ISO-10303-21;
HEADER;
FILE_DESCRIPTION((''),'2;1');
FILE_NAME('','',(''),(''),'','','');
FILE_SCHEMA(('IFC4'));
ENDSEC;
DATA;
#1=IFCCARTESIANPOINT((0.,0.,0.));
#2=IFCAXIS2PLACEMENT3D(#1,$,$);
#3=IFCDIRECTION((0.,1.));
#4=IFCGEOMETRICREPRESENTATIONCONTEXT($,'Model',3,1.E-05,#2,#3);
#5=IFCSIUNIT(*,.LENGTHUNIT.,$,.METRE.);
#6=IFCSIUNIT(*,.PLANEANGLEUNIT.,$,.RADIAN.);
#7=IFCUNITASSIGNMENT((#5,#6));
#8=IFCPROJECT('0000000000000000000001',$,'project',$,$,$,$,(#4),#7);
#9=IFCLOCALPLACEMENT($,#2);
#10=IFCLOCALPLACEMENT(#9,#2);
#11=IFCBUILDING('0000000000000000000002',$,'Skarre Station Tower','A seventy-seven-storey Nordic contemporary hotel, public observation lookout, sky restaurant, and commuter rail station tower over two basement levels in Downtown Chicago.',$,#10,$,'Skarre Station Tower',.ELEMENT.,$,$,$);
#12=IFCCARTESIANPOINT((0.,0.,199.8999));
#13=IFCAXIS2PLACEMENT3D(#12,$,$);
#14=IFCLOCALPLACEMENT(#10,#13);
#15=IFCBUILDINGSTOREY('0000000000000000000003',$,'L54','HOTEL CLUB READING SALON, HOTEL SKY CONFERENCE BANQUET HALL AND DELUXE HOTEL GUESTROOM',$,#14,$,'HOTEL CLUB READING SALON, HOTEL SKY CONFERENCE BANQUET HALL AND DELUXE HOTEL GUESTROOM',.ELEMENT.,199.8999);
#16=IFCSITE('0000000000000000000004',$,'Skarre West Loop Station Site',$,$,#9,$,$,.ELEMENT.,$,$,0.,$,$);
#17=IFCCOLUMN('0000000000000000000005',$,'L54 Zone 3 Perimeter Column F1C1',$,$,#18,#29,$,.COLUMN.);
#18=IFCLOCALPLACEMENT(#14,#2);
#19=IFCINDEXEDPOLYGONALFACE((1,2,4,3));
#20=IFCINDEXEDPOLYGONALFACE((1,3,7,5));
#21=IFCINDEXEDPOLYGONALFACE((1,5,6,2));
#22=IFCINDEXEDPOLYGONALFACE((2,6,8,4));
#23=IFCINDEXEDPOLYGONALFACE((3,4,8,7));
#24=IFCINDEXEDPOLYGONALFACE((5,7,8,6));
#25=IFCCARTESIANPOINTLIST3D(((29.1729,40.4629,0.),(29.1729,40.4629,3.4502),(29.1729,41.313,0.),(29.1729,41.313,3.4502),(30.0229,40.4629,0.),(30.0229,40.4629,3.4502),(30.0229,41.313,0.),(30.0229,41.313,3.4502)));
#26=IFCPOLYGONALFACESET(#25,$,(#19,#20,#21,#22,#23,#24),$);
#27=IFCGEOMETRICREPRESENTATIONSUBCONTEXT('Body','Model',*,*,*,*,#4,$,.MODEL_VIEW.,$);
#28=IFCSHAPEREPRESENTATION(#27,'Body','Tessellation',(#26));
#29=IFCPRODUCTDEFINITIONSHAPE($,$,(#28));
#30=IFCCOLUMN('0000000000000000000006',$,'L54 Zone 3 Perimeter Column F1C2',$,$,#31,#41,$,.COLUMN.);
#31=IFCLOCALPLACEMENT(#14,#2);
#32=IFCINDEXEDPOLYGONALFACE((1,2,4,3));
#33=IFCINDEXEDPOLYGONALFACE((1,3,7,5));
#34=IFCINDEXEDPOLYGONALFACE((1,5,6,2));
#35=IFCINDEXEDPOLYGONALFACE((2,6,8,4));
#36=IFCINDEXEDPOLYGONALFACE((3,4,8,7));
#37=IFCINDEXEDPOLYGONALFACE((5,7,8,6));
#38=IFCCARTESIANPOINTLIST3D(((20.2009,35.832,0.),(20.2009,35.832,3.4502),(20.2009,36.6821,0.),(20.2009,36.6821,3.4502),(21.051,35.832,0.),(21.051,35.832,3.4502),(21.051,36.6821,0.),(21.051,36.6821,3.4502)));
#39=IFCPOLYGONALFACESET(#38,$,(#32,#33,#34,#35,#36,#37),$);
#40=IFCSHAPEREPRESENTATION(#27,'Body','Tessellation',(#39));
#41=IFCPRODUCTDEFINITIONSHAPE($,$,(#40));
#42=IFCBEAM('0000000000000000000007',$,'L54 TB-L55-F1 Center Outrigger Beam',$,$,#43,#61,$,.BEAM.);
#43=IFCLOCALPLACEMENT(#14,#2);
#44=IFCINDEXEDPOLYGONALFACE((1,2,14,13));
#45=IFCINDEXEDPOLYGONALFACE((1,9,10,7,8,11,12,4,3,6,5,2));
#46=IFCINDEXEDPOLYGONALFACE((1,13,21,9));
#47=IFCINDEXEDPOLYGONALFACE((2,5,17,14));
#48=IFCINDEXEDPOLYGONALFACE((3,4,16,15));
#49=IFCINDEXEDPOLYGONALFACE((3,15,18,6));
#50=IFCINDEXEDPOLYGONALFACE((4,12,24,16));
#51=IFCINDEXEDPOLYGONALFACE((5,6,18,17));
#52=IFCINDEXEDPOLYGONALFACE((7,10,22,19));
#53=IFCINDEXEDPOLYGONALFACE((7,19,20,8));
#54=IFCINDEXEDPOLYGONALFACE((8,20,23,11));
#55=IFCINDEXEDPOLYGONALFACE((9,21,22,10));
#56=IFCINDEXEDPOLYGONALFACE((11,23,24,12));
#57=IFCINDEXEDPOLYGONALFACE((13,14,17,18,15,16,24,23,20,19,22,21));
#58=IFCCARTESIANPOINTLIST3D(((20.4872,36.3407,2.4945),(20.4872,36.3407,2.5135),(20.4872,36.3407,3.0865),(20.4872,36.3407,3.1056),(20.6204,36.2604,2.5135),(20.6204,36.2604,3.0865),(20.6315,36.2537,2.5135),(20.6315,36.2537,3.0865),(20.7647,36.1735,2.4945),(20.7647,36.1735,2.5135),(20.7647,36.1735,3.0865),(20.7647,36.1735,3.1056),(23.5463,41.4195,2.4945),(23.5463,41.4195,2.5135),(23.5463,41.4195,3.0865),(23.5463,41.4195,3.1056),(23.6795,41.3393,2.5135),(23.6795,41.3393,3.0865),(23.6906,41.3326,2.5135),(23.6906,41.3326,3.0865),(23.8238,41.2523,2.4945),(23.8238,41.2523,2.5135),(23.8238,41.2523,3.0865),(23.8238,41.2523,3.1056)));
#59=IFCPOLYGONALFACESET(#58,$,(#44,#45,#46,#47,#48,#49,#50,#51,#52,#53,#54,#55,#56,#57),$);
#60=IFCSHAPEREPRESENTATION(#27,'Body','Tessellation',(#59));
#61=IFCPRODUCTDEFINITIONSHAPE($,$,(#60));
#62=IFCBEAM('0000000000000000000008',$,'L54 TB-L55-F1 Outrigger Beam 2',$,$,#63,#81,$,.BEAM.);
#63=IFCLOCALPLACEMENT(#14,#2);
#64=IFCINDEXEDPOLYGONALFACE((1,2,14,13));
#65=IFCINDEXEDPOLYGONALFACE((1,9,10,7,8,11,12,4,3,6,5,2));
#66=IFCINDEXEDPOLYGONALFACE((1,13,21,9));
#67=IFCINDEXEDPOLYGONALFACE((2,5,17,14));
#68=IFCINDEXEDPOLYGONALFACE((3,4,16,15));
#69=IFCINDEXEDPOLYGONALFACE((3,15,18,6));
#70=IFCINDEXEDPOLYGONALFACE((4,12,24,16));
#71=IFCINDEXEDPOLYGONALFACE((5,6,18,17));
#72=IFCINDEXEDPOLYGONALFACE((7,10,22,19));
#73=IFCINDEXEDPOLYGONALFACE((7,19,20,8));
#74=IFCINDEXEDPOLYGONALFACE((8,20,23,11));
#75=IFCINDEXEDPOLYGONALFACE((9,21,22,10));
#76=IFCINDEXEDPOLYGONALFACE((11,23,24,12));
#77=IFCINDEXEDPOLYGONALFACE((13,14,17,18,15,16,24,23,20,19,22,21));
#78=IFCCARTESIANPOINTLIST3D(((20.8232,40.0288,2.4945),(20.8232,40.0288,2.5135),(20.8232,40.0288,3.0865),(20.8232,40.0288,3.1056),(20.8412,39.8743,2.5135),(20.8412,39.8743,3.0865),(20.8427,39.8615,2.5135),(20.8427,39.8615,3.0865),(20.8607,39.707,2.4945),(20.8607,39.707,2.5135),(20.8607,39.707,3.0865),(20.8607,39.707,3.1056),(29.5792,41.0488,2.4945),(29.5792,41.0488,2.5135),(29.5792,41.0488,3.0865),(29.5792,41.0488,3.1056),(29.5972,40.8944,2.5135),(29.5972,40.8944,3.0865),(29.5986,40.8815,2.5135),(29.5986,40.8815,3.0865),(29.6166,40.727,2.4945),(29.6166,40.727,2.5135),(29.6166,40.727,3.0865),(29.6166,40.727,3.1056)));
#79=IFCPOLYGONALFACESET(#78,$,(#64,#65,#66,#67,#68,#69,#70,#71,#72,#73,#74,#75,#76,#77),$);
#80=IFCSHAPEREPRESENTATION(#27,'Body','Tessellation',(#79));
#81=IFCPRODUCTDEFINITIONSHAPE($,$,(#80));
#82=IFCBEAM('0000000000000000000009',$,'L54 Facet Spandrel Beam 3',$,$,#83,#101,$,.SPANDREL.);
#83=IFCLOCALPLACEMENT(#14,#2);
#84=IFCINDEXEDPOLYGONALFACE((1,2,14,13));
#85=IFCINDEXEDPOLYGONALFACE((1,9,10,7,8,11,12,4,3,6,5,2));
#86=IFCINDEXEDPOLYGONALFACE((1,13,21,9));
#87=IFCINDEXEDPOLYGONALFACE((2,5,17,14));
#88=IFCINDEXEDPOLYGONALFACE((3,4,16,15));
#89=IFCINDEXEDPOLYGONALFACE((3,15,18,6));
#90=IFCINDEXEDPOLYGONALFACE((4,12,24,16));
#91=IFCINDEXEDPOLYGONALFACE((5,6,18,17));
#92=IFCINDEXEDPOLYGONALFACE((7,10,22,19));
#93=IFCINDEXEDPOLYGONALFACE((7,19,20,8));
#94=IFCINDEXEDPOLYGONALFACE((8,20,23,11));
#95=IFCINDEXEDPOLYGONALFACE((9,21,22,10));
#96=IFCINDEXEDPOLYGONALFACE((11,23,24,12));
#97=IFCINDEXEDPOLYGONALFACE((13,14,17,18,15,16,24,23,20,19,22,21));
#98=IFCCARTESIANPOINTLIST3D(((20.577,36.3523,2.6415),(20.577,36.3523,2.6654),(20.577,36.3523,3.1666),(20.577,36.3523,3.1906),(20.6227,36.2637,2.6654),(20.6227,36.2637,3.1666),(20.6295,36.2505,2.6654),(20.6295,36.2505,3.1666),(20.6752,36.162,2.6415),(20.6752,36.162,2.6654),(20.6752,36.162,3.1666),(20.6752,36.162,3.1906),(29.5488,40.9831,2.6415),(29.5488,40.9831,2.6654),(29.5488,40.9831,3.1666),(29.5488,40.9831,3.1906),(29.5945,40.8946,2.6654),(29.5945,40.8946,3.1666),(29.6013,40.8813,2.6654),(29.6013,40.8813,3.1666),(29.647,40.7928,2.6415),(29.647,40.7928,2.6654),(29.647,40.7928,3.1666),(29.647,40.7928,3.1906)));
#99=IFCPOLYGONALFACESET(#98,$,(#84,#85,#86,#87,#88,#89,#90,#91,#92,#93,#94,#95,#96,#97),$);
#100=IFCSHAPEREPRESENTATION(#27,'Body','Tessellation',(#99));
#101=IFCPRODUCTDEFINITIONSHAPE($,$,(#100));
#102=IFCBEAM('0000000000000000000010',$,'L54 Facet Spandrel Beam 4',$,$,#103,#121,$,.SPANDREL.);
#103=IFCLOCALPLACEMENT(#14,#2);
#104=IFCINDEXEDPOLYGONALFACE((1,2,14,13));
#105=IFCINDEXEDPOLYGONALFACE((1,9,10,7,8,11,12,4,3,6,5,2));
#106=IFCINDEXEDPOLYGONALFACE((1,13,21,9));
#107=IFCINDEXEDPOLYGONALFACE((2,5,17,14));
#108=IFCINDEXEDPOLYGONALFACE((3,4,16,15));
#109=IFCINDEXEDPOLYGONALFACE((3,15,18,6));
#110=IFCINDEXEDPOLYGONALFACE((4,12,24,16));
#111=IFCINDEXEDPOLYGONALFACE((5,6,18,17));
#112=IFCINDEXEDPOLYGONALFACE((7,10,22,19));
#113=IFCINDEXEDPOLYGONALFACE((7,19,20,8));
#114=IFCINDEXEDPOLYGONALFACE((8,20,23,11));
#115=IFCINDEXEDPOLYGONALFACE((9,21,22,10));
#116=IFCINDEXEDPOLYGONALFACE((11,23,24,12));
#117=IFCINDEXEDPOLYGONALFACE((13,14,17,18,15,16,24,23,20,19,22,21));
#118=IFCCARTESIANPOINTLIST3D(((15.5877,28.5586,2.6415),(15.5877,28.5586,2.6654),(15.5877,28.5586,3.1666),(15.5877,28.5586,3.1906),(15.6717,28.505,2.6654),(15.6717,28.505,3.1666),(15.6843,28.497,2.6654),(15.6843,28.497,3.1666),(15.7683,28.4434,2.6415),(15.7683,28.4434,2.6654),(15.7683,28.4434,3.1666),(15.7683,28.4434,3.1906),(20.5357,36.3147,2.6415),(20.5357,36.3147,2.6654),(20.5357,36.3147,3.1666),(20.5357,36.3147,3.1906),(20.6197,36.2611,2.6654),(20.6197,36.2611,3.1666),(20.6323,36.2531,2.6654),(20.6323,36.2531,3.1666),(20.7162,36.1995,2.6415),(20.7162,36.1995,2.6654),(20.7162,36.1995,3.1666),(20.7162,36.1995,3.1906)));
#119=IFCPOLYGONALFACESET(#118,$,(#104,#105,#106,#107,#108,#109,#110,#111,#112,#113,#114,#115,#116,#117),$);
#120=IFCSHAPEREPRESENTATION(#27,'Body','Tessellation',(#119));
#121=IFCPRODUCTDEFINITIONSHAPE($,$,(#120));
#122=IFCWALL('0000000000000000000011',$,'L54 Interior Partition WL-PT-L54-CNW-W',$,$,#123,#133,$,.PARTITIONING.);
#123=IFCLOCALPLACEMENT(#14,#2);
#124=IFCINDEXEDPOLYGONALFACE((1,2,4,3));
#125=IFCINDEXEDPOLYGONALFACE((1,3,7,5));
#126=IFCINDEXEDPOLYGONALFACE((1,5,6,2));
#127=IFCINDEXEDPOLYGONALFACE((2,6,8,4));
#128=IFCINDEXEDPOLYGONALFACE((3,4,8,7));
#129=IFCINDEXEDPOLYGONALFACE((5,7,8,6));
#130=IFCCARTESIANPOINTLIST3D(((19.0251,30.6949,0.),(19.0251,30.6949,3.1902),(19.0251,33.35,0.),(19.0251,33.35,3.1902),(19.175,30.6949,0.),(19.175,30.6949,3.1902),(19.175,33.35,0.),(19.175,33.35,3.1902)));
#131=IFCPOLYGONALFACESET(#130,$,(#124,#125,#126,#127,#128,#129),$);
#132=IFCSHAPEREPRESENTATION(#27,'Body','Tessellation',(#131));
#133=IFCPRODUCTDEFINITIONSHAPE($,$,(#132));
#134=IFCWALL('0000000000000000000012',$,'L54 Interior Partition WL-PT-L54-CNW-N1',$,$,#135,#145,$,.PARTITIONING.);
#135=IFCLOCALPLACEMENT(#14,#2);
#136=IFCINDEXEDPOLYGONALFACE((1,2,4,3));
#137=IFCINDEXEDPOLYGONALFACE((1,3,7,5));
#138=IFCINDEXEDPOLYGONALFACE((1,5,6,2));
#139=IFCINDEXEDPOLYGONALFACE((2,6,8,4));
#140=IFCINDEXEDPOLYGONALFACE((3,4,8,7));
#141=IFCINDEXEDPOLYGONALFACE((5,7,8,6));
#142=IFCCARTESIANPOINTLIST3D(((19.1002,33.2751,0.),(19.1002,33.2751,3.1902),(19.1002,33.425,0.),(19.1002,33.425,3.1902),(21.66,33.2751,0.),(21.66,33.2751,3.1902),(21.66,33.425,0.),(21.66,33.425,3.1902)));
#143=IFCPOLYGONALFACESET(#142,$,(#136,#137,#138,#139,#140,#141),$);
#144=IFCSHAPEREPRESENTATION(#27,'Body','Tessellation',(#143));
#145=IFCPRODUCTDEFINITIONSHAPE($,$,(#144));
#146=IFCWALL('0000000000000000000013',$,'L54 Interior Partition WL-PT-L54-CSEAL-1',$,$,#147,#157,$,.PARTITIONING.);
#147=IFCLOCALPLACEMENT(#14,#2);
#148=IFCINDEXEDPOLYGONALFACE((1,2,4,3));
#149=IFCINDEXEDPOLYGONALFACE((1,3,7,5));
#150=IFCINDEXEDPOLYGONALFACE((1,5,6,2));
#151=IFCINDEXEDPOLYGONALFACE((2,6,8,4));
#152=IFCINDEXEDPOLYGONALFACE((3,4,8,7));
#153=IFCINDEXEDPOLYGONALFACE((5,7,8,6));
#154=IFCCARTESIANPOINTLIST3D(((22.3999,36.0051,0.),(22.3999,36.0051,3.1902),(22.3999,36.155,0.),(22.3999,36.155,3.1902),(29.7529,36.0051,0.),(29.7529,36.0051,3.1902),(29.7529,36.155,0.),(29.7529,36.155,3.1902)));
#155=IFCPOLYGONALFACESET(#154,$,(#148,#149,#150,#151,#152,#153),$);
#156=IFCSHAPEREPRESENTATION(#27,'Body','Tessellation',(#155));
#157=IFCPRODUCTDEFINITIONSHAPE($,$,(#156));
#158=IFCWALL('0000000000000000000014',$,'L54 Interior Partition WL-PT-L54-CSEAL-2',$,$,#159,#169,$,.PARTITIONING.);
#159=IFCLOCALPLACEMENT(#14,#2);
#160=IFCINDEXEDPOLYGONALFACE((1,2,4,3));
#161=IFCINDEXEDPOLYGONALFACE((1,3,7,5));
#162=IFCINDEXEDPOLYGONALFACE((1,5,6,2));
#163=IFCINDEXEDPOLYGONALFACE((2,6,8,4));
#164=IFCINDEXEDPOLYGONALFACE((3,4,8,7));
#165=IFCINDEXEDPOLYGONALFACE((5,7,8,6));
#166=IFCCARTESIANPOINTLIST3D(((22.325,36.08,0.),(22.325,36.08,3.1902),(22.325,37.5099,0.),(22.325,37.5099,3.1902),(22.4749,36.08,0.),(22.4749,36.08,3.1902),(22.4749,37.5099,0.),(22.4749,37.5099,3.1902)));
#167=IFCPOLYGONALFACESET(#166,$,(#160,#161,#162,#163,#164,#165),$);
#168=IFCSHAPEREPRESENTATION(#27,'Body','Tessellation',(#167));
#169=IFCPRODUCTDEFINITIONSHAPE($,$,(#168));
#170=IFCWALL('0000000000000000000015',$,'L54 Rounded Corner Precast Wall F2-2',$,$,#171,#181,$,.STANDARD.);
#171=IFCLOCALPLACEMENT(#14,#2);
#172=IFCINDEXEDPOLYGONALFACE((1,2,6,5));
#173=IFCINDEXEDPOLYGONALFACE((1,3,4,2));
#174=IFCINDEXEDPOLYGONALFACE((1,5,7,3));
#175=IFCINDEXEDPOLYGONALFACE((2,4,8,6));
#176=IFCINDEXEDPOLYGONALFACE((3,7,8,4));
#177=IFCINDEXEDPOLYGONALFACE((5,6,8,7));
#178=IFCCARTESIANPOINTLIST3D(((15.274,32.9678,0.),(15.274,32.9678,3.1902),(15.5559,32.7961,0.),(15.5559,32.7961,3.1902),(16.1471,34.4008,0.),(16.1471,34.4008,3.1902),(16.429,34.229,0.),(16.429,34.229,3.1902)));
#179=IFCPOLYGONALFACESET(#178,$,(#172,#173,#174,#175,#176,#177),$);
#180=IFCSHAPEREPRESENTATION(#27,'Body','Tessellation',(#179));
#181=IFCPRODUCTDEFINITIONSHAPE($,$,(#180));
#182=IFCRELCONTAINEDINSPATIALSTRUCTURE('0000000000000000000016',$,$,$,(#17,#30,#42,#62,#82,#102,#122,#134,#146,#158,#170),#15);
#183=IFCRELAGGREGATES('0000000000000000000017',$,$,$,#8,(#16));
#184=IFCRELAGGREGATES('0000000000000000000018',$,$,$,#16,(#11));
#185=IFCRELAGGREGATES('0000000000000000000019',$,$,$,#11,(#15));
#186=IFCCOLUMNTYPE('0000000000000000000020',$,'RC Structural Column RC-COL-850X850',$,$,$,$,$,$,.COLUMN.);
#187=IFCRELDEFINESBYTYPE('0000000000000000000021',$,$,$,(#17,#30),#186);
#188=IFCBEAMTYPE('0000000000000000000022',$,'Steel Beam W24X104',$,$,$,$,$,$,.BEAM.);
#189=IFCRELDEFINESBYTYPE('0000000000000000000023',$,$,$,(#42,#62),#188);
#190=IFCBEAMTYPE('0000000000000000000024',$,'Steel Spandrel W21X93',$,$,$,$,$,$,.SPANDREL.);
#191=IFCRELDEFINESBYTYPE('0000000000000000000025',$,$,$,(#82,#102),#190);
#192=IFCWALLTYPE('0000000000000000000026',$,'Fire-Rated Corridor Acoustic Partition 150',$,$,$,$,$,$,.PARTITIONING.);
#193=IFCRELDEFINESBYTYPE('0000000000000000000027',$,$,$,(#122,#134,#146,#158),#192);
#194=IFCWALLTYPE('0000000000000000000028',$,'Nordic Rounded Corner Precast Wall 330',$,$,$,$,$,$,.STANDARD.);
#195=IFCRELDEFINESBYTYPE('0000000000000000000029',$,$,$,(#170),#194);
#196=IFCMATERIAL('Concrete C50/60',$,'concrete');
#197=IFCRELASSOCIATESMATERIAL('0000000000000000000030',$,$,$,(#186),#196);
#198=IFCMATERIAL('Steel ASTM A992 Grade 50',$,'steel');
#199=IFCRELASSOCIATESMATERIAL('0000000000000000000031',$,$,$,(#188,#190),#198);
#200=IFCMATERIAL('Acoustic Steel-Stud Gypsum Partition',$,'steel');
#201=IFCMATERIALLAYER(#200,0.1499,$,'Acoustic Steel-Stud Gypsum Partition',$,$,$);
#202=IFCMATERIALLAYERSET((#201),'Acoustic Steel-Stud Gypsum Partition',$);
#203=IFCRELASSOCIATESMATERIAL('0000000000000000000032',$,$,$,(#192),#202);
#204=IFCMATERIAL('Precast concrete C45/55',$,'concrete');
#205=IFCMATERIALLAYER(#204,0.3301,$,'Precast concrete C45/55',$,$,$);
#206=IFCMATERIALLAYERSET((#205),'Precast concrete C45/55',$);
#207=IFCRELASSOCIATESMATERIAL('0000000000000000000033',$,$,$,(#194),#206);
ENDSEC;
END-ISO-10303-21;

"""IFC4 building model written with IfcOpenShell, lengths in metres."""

from ifc_helpers import new_model, si_unit, direction, frame, frame_2d, origin, origin_2d, place, context, subcontext, project, spatial, rectangle, i_section, extrude, material, layer, layer_set, material_profile, profile_set, type_object, element, save


model = new_model("IFC4")

# Units and contexts
model_context = context("Model", 3, precision=1e-05, world=origin(), true_north=direction((0.0, 1.0)))
body_context = subcontext(model_context, "Body", "Model", "MODEL_VIEW")
ifc_project = project(units=[si_unit("LENGTHUNIT", "METRE"), si_unit("PLANEANGLEUNIT", "RADIAN")], contexts=[model_context])

# Site, building, storey
site_placement = place(None, origin())
site = spatial("IfcSite", under=ifc_project, at=site_placement, Name="Skarre West Loop Station Site", CompositionType="ELEMENT", RefElevation=0.0)
building_placement = place(site_placement, origin())
building = spatial("IfcBuilding", under=site, at=building_placement, Name="Skarre Station Tower", Description="A seventy-seven-storey Nordic contemporary hotel, public observation lookout, sky restaurant, and commuter rail station tower over two basement levels in Downtown Chicago.", LongName="Skarre Station Tower", CompositionType="ELEMENT")
storey_placement = place(building_placement, frame((0.0, 0.0, 199.8999)))
storey = spatial("IfcBuildingStorey", under=building, at=storey_placement, Name="L54", Description="HOTEL CLUB READING SALON, HOTEL SKY CONFERENCE BANQUET HALL AND DELUXE HOTEL GUESTROOM", LongName="HOTEL CLUB READING SALON, HOTEL SKY CONFERENCE BANQUET HALL AND DELUXE HOTEL GUESTROOM", CompositionType="ELEMENT", Elevation=199.8999)

# Columns
ifc_material_1 = material(Name="Concrete C50/60", Category="concrete")
ifc_material_profile_1 = material_profile(ifc_material_1, rectangle(XDim=0.8501, YDim=0.8501, at=origin_2d()), Name="Concrete C50/60")
ifc_profile_set_1 = profile_set([ifc_material_profile_1], Name="Concrete C50/60")
column_type = type_object("IfcColumnType", Name="RC Structural Column RC-COL-850X850", PredefinedType="COLUMN", material=ifc_profile_set_1)
for number, where, z_axis, x_axis, name in (
    (1, (29.5979, 40.8879, 0.0), (0.0, 0.0, 1.0), (1.0, 0.0, 0.0), "L54 Zone 3 Perimeter Column F1C1"),
    (2, (20.626, 36.2571, 0.0), (0.0, 0.0, 1.0), (1.0, 0.0, 0.0), "L54 Zone 3 Perimeter Column F1C2"),
):
    element("IfcColumn", number, at=place(storey_placement, frame(where, z_axis=z_axis, x_axis=x_axis)), inside=storey, type_object=column_type, Name=name, PredefinedType="COLUMN", context=body_context, shape_type="SweptSolid", body=[
        extrude(rectangle(XDim=0.8501, YDim=0.8501, at=origin_2d()), origin(), (0.0, 0.0, 1.0), 3.4502),
    ])

# Beams
ifc_material_2 = material(Name="Steel ASTM A992 Grade 50", Category="steel")
ifc_material_profile_2 = material_profile(ifc_material_2, i_section(OverallWidth=0.324, OverallDepth=0.6111, WebThickness=0.0129, FlangeThickness=0.019, at=origin_2d()), Name="Steel ASTM A992 Grade 50")
ifc_profile_set_2 = profile_set([ifc_material_profile_2], Name="Steel ASTM A992 Grade 50")
beam_type_1 = type_object("IfcBeamType", Name="Steel Beam W24X104", PredefinedType="BEAM", material=ifc_profile_set_2)
beam_1_placement = place(storey_placement, frame((20.626, 36.2571, 2.8), z_axis=(0.515954, 0.856616, 0.0), x_axis=(-0.856616, 0.515954, 0.0)))
element("IfcBeam", 3, at=beam_1_placement, inside=storey, type_object=beam_type_1, Name="L54 TB-L55-F1 Center Outrigger Beam", PredefinedType="BEAM", context=body_context, shape_type="SweptSolid", body=[
    extrude(i_section(OverallWidth=0.324, OverallDepth=0.6111, WebThickness=0.0129, FlangeThickness=0.019, at=origin_2d()), origin(), (0.0, 0.0, 1.0), 5.929),
])
beam_2_placement = place(storey_placement, frame((29.5979, 40.8879, 2.8), z_axis=(-0.993283, -0.115713, 0.0), x_axis=(0.115713, -0.993283, 0.0)))
element("IfcBeam", 4, at=beam_2_placement, inside=storey, type_object=beam_type_1, Name="L54 TB-L55-F1 Outrigger Beam 2", PredefinedType="BEAM", context=body_context, shape_type="SweptSolid", body=[
    extrude(i_section(OverallWidth=0.324, OverallDepth=0.6111, WebThickness=0.0129, FlangeThickness=0.019, at=origin_2d()), origin(), (0.0, 0.0, 1.0), 8.8152),
])
ifc_material_profile_3 = material_profile(ifc_material_2, i_section(OverallWidth=0.2141, OverallDepth=0.5491, WebThickness=0.0149, FlangeThickness=0.0239, at=origin_2d()), Name="Steel ASTM A992 Grade 50")
ifc_profile_set_3 = profile_set([ifc_material_profile_3], Name="Steel ASTM A992 Grade 50")
beam_type_2 = type_object("IfcBeamType", Name="Steel Spandrel W21X93", PredefinedType="SPANDREL", material=ifc_profile_set_3)
beam_3_placement = place(storey_placement, frame((29.5979, 40.8879, 2.916), z_axis=(-0.888613, -0.458658, 0.0), x_axis=(0.458658, -0.888613, 0.0)))
element("IfcBeam", 5, at=beam_3_placement, inside=storey, type_object=beam_type_2, Name="L54 Facet Spandrel Beam 3", PredefinedType="SPANDREL", context=body_context, shape_type="SweptSolid", body=[
    extrude(i_section(OverallWidth=0.2141, OverallDepth=0.5491, WebThickness=0.0149, FlangeThickness=0.0239, at=origin_2d()), origin(), (0.0, 0.0, 1.0), 10.0964),
])
beam_4_placement = place(storey_placement, frame((20.626, 36.2571, 2.916), z_axis=(-0.537826, -0.843056, 0.0), x_axis=(0.843056, -0.537826, 0.0)))
element("IfcBeam", 6, at=beam_4_placement, inside=storey, type_object=beam_type_2, Name="L54 Facet Spandrel Beam 4", PredefinedType="SPANDREL", context=body_context, shape_type="SweptSolid", body=[
    extrude(i_section(OverallWidth=0.2141, OverallDepth=0.5491, WebThickness=0.0149, FlangeThickness=0.0239, at=origin_2d()), origin(), (0.0, 0.0, 1.0), 9.2),
])

# Walls
ifc_material_3 = material(Name="Acoustic Steel-Stud Gypsum Partition", Category="steel")
ifc_layer_1 = layer(ifc_material_3, 0.1499, Name="Acoustic Steel-Stud Gypsum Partition")
ifc_layer_set_1 = layer_set([ifc_layer_1], Name="Acoustic Steel-Stud Gypsum Partition")
wall_type_1 = type_object("IfcWallType", Name="Fire-Rated Corridor Acoustic Partition 150", PredefinedType="PARTITIONING", material=ifc_layer_set_1)
wall_1_placement = place(storey_placement, frame((19.1001, 33.3501, 0.0), z_axis=(0.0, 0.0, 1.0), x_axis=(0.0, -1.0, 0.0)))
element("IfcWall", 7, at=wall_1_placement, inside=storey, type_object=wall_type_1, Name="L54 Interior Partition WL-PT-L54-CNW-W", PredefinedType="PARTITIONING", context=body_context, shape_type="SweptSolid", body=[
    extrude(rectangle(XDim=2.655, YDim=0.1499, at=frame_2d((1.3276, 0.0))), origin(), (0.0, 0.0, 1.0), 3.1902),
])
wall_2_placement = place(storey_placement, frame((21.6599, 33.3501, 0.0), z_axis=(0.0, 0.0, 1.0), x_axis=(-1.0, 0.0, 0.0)))
element("IfcWall", 8, at=wall_2_placement, inside=storey, type_object=wall_type_1, Name="L54 Interior Partition WL-PT-L54-CNW-N1", PredefinedType="PARTITIONING", context=body_context, shape_type="SweptSolid", body=[
    extrude(rectangle(XDim=2.5598, YDim=0.1499, at=frame_2d((1.2798, 0.0))), origin(), (0.0, 0.0, 1.0), 3.1902),
])
wall_3_placement = place(storey_placement, frame((29.7529, 36.0801, 0.0), z_axis=(0.0, 0.0, 1.0), x_axis=(-1.0, 0.0, 0.0)))
element("IfcWall", 9, at=wall_3_placement, inside=storey, type_object=wall_type_1, Name="L54 Interior Partition WL-PT-L54-CSEAL-1", PredefinedType="PARTITIONING", context=body_context, shape_type="SweptSolid", body=[
    extrude(rectangle(XDim=7.353, YDim=0.1499, at=frame_2d((3.6765, 0.0))), origin(), (0.0, 0.0, 1.0), 3.1902),
])
wall_4_placement = place(storey_placement, frame((22.3999, 36.0801, 0.0), z_axis=(0.0, 0.0, 1.0), x_axis=(0.0, 1.0, 0.0)))
element("IfcWall", 10, at=wall_4_placement, inside=storey, type_object=wall_type_1, Name="L54 Interior Partition WL-PT-L54-CSEAL-2", PredefinedType="PARTITIONING", context=body_context, shape_type="SweptSolid", body=[
    extrude(rectangle(XDim=1.4299, YDim=0.1499, at=frame_2d((0.7148, 0.0))), origin(), (0.0, 0.0, 1.0), 3.1902),
])
ifc_material_4 = material(Name="Precast concrete C45/55", Category="concrete")
ifc_layer_2 = layer(ifc_material_4, 0.3301, Name="Precast concrete C45/55")
ifc_layer_set_2 = layer_set([ifc_layer_2], Name="Precast concrete C45/55")
wall_type_2 = type_object("IfcWallType", Name="Nordic Rounded Corner Precast Wall 330", PredefinedType="STANDARD", material=ifc_layer_set_2)
wall_5_placement = place(storey_placement, frame((15.415, 32.8821, 0.0), z_axis=(0.0, 0.0, 1.0), x_axis=(0.520325, 0.853968, 0.0)))
element("IfcWall", 11, at=wall_5_placement, inside=storey, type_object=wall_type_2, Name="L54 Rounded Corner Precast Wall F2-2", PredefinedType="STANDARD", context=body_context, shape_type="SweptSolid", body=[
    extrude(rectangle(XDim=1.678, YDim=0.3301, at=frame_2d((0.8389, 0.0))), origin(), (0.0, 0.0, 1.0), 3.1902),
])

save(model, "model.ifc")
